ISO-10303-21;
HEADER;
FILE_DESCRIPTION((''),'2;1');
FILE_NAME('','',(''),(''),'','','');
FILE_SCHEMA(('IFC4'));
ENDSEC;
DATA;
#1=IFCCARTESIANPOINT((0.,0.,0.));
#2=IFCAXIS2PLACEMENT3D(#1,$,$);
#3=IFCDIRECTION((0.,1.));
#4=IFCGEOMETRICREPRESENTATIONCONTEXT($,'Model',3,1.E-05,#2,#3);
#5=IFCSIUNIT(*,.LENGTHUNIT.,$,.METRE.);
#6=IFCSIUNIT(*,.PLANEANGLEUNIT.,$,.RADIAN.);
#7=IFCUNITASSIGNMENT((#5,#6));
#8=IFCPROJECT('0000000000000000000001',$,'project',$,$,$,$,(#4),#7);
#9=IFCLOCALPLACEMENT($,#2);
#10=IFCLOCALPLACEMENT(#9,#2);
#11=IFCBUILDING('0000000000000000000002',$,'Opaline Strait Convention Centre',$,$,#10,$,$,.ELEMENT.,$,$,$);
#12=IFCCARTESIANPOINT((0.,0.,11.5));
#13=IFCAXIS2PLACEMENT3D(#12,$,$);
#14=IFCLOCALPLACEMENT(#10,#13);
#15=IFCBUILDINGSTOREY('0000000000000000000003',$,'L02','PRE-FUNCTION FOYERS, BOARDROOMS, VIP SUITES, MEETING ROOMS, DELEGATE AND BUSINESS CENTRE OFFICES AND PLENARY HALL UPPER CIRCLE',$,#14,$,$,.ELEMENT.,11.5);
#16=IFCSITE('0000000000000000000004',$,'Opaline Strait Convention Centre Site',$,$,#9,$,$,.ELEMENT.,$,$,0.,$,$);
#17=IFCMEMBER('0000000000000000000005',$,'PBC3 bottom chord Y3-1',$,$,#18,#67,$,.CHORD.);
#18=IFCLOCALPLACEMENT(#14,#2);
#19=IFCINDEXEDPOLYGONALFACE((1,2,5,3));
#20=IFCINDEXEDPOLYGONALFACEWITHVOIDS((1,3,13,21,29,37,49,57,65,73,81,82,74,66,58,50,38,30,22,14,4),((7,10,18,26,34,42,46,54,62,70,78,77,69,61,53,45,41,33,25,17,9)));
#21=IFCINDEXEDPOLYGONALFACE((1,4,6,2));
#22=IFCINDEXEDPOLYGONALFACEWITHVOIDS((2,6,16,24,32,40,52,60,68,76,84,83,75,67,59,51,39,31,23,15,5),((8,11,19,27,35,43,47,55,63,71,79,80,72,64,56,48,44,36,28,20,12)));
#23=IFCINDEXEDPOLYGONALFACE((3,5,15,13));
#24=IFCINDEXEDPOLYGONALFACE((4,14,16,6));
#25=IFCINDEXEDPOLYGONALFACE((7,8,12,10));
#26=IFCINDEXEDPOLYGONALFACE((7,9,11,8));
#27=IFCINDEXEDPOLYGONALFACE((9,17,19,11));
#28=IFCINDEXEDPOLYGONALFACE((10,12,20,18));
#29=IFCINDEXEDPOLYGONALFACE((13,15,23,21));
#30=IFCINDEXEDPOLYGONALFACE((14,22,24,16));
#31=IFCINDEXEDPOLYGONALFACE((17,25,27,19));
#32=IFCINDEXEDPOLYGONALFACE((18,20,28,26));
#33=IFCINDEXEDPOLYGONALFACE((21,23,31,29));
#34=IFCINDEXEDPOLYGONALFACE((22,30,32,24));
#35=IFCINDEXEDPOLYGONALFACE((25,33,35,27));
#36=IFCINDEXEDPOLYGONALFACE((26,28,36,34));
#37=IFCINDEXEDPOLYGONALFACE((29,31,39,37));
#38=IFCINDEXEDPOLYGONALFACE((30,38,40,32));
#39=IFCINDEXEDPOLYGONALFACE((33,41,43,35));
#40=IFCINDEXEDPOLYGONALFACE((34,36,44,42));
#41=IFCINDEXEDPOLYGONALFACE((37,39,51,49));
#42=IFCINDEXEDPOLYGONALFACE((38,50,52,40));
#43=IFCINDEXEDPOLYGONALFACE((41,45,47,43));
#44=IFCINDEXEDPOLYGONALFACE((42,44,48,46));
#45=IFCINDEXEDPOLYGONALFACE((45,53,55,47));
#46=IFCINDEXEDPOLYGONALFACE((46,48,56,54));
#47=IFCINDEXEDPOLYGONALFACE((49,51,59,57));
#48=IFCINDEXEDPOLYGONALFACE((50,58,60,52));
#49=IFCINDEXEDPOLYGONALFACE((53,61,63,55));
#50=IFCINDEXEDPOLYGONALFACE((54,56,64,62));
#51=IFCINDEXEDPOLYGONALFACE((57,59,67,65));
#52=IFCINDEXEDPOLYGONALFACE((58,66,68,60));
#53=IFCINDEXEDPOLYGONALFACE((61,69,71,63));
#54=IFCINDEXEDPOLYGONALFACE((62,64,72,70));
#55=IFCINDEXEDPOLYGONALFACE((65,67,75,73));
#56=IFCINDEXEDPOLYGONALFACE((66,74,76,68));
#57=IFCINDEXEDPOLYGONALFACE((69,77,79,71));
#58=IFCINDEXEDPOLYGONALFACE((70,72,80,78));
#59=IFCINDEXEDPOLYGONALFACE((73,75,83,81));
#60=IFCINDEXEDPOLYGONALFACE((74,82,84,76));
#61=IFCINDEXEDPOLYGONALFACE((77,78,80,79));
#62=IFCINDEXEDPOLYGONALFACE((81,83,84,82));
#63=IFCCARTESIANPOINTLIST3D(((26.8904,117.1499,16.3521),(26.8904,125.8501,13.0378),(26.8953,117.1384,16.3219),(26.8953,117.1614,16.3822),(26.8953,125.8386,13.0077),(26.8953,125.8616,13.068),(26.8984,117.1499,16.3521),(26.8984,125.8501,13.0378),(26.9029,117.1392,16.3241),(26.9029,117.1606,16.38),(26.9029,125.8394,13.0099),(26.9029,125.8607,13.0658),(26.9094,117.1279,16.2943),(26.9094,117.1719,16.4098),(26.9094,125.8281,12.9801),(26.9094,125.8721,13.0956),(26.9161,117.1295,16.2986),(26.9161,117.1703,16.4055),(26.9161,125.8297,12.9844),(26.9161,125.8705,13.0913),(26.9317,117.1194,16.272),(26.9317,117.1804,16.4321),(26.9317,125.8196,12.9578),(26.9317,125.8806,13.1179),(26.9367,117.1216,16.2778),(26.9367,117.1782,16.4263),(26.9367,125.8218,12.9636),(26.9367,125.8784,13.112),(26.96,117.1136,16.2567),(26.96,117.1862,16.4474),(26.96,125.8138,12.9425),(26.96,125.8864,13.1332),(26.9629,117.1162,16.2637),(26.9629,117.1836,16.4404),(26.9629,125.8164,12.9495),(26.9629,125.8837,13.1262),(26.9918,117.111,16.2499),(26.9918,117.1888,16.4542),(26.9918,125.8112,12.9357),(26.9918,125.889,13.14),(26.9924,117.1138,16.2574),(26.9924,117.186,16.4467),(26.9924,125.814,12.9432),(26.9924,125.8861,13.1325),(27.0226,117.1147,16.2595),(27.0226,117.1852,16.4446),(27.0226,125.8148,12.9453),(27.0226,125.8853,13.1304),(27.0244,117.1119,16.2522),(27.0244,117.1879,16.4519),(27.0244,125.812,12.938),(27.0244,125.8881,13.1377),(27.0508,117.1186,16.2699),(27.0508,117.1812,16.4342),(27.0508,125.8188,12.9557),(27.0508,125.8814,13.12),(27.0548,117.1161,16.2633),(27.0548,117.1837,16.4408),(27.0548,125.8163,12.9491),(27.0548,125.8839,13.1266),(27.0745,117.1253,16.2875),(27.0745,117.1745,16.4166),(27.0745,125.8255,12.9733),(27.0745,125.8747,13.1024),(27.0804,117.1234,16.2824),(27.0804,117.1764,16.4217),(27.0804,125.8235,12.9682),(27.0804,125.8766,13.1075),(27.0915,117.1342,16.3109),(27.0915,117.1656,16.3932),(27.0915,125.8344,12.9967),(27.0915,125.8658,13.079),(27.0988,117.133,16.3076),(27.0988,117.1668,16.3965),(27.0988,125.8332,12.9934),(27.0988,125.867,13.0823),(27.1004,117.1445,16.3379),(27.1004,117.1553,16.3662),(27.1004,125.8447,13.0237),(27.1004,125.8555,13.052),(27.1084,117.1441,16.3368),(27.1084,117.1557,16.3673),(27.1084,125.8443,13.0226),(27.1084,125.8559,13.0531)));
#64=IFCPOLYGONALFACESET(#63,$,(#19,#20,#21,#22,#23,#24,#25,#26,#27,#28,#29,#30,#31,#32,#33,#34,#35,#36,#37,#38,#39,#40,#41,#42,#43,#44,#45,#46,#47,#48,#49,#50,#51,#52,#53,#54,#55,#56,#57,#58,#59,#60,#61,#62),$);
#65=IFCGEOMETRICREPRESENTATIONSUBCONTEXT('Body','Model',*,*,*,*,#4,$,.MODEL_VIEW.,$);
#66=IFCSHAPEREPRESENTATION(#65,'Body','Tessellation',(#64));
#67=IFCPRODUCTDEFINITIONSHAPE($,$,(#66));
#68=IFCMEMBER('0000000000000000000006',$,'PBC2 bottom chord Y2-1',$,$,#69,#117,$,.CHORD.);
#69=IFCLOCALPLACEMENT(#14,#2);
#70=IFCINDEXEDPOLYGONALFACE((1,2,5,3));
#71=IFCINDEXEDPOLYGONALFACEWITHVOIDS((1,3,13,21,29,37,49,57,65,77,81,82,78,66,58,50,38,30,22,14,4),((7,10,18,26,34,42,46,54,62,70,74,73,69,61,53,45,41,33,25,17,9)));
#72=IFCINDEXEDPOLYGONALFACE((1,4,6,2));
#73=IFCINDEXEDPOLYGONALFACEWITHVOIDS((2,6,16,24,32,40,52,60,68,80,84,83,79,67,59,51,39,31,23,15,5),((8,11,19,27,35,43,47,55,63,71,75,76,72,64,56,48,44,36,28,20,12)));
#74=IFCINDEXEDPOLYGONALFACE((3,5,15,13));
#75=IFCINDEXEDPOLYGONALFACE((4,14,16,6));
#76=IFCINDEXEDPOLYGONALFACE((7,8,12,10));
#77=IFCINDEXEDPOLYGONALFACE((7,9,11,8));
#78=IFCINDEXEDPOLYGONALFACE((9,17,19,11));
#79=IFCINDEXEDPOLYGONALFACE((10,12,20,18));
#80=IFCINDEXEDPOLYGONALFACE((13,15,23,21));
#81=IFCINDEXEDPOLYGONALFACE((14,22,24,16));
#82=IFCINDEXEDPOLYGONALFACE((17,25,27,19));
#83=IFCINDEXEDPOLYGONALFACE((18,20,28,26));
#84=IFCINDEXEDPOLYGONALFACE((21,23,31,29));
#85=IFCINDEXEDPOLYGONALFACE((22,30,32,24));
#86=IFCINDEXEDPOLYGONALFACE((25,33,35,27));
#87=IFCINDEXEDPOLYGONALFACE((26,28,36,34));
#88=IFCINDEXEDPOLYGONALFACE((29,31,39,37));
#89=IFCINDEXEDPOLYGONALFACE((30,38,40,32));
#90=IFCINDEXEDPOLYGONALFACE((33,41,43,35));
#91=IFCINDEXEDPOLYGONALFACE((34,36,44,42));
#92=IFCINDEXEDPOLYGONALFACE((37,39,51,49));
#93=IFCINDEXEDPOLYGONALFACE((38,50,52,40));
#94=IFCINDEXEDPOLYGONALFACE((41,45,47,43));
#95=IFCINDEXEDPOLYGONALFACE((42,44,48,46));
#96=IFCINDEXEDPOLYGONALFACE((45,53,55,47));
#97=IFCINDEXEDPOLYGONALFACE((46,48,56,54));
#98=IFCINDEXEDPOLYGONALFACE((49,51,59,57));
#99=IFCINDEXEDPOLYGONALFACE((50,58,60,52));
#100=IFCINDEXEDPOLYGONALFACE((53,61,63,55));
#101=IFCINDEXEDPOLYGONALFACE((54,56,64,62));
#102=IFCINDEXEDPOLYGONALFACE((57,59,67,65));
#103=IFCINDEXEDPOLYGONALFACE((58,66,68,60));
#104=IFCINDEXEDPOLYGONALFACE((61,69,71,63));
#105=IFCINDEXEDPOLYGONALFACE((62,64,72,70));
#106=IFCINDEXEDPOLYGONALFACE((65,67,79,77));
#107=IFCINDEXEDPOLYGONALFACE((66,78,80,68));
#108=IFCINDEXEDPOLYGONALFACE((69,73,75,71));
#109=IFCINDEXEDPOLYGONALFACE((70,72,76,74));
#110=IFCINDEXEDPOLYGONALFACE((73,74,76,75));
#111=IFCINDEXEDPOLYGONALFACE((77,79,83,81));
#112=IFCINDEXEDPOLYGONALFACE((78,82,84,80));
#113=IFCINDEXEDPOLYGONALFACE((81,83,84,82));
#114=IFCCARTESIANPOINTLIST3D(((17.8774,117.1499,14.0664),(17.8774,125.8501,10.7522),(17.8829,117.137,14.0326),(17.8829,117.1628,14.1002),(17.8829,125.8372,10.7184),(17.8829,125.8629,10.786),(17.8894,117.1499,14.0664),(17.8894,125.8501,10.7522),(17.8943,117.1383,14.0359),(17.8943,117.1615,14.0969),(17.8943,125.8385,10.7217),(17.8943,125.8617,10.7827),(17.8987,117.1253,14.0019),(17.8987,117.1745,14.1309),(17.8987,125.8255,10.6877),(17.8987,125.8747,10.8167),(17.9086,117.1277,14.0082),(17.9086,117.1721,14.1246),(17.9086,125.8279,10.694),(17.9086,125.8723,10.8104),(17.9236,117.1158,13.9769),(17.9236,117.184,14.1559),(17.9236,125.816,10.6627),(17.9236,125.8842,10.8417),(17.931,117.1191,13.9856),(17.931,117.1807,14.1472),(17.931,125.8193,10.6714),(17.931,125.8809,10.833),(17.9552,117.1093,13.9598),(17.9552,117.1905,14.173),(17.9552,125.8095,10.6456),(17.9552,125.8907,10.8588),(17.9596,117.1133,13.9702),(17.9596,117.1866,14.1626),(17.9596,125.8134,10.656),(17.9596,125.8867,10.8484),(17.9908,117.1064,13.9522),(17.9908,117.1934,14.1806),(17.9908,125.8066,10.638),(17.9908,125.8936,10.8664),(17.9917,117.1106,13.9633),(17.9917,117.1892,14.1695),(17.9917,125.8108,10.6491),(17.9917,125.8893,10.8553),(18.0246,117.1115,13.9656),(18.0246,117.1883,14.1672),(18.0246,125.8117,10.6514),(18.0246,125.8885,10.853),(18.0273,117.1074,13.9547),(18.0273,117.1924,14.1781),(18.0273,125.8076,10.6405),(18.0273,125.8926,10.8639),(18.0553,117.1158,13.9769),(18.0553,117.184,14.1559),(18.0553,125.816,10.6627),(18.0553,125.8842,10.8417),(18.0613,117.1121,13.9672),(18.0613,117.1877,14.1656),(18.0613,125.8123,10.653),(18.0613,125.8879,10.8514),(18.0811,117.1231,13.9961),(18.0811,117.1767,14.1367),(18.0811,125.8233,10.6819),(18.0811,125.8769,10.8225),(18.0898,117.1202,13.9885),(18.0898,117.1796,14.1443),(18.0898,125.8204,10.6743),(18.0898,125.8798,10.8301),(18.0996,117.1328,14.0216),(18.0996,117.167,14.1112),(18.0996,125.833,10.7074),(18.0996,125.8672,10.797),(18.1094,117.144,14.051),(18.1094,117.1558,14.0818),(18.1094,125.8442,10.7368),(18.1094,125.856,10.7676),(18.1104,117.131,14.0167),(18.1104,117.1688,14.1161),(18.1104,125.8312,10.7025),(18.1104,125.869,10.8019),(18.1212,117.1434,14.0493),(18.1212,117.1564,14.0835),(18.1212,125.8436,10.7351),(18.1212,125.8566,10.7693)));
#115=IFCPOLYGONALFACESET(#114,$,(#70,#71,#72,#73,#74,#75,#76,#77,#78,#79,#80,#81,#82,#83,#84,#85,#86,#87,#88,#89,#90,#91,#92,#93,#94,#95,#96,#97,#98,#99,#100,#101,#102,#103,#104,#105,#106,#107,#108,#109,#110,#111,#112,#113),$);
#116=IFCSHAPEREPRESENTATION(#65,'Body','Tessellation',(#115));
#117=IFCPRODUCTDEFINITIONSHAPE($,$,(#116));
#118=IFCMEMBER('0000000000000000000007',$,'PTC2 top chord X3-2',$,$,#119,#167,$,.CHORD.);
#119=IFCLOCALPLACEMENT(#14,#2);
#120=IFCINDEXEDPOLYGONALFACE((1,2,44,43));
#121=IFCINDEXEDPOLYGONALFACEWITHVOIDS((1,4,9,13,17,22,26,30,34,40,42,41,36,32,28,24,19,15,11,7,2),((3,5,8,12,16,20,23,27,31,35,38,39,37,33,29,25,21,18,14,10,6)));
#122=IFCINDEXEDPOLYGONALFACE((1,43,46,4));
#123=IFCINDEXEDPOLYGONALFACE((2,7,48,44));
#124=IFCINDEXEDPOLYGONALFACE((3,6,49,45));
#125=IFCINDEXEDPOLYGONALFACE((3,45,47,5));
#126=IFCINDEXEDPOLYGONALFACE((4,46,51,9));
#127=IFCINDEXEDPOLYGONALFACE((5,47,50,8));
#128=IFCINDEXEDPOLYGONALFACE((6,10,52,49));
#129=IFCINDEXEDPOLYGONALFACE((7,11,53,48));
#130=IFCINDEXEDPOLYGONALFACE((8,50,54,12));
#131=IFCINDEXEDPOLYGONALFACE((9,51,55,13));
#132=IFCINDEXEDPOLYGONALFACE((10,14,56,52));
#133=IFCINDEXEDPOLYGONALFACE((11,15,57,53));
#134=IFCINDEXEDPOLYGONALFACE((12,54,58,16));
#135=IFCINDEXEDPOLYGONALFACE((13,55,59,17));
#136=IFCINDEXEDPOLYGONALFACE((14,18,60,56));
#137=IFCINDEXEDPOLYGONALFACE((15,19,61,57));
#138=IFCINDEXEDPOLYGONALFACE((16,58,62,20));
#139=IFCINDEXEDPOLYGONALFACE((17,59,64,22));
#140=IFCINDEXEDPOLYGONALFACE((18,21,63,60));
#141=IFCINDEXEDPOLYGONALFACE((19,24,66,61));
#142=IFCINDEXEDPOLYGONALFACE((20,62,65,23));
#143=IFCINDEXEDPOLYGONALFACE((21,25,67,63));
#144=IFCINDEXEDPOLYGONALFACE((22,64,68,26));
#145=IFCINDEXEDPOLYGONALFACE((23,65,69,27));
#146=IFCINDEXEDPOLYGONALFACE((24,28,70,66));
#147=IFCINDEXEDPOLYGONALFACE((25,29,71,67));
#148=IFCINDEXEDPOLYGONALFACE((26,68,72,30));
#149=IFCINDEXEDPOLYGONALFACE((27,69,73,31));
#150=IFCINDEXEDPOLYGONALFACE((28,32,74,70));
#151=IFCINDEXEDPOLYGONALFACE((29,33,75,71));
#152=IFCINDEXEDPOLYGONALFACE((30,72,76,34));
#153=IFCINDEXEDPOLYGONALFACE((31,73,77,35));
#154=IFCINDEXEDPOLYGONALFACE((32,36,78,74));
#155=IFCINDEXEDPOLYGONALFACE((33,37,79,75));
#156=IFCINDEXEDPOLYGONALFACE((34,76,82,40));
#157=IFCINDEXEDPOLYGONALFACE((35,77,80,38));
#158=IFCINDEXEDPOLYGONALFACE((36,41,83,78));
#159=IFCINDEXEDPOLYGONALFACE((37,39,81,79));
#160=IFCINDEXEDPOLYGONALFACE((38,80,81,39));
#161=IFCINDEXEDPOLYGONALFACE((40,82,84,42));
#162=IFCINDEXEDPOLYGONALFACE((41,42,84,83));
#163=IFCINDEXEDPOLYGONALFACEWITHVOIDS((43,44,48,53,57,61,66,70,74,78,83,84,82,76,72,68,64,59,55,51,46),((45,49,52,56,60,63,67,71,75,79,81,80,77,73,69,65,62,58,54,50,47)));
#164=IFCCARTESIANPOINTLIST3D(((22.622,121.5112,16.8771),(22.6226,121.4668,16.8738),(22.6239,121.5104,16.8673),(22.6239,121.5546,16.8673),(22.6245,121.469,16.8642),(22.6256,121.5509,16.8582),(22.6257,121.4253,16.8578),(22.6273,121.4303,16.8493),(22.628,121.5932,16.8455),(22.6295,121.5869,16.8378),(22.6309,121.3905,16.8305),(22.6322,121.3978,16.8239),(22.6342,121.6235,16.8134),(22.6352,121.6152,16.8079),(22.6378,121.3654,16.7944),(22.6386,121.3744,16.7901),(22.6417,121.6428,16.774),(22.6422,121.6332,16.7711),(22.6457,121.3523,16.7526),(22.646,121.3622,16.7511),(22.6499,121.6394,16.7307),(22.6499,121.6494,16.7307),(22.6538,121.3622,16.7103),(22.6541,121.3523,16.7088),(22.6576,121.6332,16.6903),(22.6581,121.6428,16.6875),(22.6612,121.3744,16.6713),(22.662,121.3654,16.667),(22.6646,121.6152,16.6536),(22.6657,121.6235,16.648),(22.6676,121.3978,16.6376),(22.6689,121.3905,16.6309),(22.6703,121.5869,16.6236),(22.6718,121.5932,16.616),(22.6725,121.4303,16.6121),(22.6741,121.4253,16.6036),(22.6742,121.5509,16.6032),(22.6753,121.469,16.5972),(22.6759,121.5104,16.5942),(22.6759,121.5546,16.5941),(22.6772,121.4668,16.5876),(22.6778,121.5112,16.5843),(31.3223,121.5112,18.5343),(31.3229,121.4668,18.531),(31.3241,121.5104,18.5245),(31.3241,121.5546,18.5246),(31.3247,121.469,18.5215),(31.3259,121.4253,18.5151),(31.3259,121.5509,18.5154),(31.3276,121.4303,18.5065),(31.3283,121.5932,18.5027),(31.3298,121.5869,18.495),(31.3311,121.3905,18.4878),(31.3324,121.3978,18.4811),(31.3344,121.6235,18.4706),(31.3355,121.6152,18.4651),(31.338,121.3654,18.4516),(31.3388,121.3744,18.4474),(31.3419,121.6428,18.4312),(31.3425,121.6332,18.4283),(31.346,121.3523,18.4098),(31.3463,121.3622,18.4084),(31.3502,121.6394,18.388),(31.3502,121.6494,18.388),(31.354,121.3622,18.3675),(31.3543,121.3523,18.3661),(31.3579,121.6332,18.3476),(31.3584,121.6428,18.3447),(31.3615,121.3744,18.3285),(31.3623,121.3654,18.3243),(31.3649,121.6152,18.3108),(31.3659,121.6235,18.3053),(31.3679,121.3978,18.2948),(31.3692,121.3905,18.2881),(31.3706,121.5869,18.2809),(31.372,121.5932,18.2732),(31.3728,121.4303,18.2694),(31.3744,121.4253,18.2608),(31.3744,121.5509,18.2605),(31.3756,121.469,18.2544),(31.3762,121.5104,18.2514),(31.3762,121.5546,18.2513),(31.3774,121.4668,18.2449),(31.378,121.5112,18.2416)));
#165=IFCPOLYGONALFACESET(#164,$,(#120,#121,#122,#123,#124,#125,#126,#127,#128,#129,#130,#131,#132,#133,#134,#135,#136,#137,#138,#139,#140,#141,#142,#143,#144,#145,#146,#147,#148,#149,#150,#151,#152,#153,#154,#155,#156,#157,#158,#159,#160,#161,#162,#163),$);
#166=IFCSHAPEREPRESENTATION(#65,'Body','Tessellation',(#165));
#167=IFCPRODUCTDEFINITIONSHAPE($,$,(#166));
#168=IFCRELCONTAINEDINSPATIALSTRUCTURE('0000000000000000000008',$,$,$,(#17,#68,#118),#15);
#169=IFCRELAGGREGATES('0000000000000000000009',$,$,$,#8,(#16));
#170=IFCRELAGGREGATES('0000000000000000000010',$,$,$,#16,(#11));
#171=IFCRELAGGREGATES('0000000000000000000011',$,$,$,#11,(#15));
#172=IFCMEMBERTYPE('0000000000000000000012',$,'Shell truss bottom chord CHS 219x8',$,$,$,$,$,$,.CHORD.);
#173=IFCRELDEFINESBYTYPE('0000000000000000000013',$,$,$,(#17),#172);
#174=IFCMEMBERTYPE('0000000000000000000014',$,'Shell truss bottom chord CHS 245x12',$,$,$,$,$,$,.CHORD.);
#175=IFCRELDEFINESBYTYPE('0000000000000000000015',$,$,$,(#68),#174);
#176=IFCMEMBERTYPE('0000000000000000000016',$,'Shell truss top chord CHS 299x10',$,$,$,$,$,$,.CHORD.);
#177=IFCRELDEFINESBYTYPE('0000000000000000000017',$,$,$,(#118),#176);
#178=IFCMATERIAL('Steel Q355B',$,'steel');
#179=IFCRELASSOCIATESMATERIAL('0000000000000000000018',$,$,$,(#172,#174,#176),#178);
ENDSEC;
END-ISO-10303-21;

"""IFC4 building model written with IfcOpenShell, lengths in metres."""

from ifc_helpers import new_model, si_unit, direction, frame, origin, origin_2d, place, context, subcontext, project, spatial, hollow_circle, extrude, material, material_profile, profile_set, type_object, element, save


model = new_model("IFC4")

# Units and contexts
model_context = context("Model", 3, precision=1e-05, world=origin(), true_north=direction((0.0, 1.0)))
body_context = subcontext(model_context, "Body", "Model", "MODEL_VIEW")
ifc_project = project(units=[si_unit("LENGTHUNIT", "METRE"), si_unit("PLANEANGLEUNIT", "RADIAN")], contexts=[model_context])

# Site, building, storey
site_placement = place(None, origin())
site = spatial("IfcSite", under=ifc_project, at=site_placement, Name="Opaline Strait Convention Centre Site", CompositionType="ELEMENT", RefElevation=0.0)
building_placement = place(site_placement, origin())
building = spatial("IfcBuilding", under=site, at=building_placement, Name="Opaline Strait Convention Centre", CompositionType="ELEMENT")
storey_placement = place(building_placement, frame((0.0, 0.0, 11.5)))
storey = spatial("IfcBuildingStorey", under=building, at=storey_placement, Name="L02", Description="PRE-FUNCTION FOYERS, BOARDROOMS, VIP SUITES, MEETING ROOMS, DELEGATE AND BUSINESS CENTRE OFFICES AND PLENARY HALL UPPER CIRCLE", CompositionType="ELEMENT", Elevation=11.5)

# Members
ifc_material_1 = material(Name="Steel Q355B", Category="steel")
ifc_material_profile_1 = material_profile(ifc_material_1, hollow_circle(Radius=0.1096, WallThickness=0.0081, at=origin_2d()), Name="CHS 219x8")
ifc_profile_set_1 = profile_set([ifc_material_profile_1], Name="Steel Q355B")
member_type_1 = type_object("IfcMemberType", Name="Shell truss bottom chord CHS 219x8", PredefinedType="CHORD", material=ifc_profile_set_1)
member_1_placement = place(storey_placement, frame((27.0, 117.1499, 16.3521), z_axis=(0.0, 0.934493, -0.355981), x_axis=(-1.0, 0.0, 0.0)))
element("IfcMember", 1, at=member_1_placement, inside=storey, type_object=member_type_1, Name="PBC3 bottom chord Y3-1", PredefinedType="CHORD", context=body_context, shape_type="SweptSolid", body=[
    extrude(hollow_circle(Radius=0.1096, WallThickness=0.0081, at=origin_2d()), origin(), (0.0, 0.0, 1.0), 9.3101),
])
ifc_material_profile_2 = material_profile(ifc_material_1, hollow_circle(Radius=0.1226, WallThickness=0.012, at=origin_2d()), Name="CHS 245x12")
ifc_profile_set_2 = profile_set([ifc_material_profile_2], Name="Steel Q355B")
member_type_2 = type_object("IfcMemberType", Name="Shell truss bottom chord CHS 245x12", PredefinedType="CHORD", material=ifc_profile_set_2)
member_2_placement = place(storey_placement, frame((18.0, 117.1499, 14.0664), z_axis=(0.0, 0.934493, -0.355981), x_axis=(-1.0, 0.0, 0.0)))
element("IfcMember", 2, at=member_2_placement, inside=storey, type_object=member_type_2, Name="PBC2 bottom chord Y2-1", PredefinedType="CHORD", context=body_context, shape_type="SweptSolid", body=[
    extrude(hollow_circle(Radius=0.1226, WallThickness=0.012, at=origin_2d()), origin(), (0.0, 0.0, 1.0), 9.3101),
])
ifc_material_profile_3 = material_profile(ifc_material_1, hollow_circle(Radius=0.1494, WallThickness=0.01, at=origin_2d()), Name="CHS 299x10")
ifc_profile_set_3 = profile_set([ifc_material_profile_3], Name="Steel Q355B")
member_type_3 = type_object("IfcMemberType", Name="Shell truss top chord CHS 299x10", PredefinedType="CHORD", material=ifc_profile_set_3)
for number, where, z_axis, x_axis, name in (
    (3, (22.6499, 121.5, 16.7307), (0.982338, 0.0, 0.187117), (0.0, 1.0, 0.0), "PTC2 top chord X3-2"),
):
    element("IfcMember", number, at=place(storey_placement, frame(where, z_axis=z_axis, x_axis=x_axis)), inside=storey, type_object=member_type_3, Name=name, PredefinedType="CHORD", context=body_context, shape_type="SweptSolid", body=[
        extrude(hollow_circle(Radius=0.1494, WallThickness=0.01, at=origin_2d()), origin(), (0.0, 0.0, 1.0), 8.8567),
    ])

save(model, "model.ifc")
